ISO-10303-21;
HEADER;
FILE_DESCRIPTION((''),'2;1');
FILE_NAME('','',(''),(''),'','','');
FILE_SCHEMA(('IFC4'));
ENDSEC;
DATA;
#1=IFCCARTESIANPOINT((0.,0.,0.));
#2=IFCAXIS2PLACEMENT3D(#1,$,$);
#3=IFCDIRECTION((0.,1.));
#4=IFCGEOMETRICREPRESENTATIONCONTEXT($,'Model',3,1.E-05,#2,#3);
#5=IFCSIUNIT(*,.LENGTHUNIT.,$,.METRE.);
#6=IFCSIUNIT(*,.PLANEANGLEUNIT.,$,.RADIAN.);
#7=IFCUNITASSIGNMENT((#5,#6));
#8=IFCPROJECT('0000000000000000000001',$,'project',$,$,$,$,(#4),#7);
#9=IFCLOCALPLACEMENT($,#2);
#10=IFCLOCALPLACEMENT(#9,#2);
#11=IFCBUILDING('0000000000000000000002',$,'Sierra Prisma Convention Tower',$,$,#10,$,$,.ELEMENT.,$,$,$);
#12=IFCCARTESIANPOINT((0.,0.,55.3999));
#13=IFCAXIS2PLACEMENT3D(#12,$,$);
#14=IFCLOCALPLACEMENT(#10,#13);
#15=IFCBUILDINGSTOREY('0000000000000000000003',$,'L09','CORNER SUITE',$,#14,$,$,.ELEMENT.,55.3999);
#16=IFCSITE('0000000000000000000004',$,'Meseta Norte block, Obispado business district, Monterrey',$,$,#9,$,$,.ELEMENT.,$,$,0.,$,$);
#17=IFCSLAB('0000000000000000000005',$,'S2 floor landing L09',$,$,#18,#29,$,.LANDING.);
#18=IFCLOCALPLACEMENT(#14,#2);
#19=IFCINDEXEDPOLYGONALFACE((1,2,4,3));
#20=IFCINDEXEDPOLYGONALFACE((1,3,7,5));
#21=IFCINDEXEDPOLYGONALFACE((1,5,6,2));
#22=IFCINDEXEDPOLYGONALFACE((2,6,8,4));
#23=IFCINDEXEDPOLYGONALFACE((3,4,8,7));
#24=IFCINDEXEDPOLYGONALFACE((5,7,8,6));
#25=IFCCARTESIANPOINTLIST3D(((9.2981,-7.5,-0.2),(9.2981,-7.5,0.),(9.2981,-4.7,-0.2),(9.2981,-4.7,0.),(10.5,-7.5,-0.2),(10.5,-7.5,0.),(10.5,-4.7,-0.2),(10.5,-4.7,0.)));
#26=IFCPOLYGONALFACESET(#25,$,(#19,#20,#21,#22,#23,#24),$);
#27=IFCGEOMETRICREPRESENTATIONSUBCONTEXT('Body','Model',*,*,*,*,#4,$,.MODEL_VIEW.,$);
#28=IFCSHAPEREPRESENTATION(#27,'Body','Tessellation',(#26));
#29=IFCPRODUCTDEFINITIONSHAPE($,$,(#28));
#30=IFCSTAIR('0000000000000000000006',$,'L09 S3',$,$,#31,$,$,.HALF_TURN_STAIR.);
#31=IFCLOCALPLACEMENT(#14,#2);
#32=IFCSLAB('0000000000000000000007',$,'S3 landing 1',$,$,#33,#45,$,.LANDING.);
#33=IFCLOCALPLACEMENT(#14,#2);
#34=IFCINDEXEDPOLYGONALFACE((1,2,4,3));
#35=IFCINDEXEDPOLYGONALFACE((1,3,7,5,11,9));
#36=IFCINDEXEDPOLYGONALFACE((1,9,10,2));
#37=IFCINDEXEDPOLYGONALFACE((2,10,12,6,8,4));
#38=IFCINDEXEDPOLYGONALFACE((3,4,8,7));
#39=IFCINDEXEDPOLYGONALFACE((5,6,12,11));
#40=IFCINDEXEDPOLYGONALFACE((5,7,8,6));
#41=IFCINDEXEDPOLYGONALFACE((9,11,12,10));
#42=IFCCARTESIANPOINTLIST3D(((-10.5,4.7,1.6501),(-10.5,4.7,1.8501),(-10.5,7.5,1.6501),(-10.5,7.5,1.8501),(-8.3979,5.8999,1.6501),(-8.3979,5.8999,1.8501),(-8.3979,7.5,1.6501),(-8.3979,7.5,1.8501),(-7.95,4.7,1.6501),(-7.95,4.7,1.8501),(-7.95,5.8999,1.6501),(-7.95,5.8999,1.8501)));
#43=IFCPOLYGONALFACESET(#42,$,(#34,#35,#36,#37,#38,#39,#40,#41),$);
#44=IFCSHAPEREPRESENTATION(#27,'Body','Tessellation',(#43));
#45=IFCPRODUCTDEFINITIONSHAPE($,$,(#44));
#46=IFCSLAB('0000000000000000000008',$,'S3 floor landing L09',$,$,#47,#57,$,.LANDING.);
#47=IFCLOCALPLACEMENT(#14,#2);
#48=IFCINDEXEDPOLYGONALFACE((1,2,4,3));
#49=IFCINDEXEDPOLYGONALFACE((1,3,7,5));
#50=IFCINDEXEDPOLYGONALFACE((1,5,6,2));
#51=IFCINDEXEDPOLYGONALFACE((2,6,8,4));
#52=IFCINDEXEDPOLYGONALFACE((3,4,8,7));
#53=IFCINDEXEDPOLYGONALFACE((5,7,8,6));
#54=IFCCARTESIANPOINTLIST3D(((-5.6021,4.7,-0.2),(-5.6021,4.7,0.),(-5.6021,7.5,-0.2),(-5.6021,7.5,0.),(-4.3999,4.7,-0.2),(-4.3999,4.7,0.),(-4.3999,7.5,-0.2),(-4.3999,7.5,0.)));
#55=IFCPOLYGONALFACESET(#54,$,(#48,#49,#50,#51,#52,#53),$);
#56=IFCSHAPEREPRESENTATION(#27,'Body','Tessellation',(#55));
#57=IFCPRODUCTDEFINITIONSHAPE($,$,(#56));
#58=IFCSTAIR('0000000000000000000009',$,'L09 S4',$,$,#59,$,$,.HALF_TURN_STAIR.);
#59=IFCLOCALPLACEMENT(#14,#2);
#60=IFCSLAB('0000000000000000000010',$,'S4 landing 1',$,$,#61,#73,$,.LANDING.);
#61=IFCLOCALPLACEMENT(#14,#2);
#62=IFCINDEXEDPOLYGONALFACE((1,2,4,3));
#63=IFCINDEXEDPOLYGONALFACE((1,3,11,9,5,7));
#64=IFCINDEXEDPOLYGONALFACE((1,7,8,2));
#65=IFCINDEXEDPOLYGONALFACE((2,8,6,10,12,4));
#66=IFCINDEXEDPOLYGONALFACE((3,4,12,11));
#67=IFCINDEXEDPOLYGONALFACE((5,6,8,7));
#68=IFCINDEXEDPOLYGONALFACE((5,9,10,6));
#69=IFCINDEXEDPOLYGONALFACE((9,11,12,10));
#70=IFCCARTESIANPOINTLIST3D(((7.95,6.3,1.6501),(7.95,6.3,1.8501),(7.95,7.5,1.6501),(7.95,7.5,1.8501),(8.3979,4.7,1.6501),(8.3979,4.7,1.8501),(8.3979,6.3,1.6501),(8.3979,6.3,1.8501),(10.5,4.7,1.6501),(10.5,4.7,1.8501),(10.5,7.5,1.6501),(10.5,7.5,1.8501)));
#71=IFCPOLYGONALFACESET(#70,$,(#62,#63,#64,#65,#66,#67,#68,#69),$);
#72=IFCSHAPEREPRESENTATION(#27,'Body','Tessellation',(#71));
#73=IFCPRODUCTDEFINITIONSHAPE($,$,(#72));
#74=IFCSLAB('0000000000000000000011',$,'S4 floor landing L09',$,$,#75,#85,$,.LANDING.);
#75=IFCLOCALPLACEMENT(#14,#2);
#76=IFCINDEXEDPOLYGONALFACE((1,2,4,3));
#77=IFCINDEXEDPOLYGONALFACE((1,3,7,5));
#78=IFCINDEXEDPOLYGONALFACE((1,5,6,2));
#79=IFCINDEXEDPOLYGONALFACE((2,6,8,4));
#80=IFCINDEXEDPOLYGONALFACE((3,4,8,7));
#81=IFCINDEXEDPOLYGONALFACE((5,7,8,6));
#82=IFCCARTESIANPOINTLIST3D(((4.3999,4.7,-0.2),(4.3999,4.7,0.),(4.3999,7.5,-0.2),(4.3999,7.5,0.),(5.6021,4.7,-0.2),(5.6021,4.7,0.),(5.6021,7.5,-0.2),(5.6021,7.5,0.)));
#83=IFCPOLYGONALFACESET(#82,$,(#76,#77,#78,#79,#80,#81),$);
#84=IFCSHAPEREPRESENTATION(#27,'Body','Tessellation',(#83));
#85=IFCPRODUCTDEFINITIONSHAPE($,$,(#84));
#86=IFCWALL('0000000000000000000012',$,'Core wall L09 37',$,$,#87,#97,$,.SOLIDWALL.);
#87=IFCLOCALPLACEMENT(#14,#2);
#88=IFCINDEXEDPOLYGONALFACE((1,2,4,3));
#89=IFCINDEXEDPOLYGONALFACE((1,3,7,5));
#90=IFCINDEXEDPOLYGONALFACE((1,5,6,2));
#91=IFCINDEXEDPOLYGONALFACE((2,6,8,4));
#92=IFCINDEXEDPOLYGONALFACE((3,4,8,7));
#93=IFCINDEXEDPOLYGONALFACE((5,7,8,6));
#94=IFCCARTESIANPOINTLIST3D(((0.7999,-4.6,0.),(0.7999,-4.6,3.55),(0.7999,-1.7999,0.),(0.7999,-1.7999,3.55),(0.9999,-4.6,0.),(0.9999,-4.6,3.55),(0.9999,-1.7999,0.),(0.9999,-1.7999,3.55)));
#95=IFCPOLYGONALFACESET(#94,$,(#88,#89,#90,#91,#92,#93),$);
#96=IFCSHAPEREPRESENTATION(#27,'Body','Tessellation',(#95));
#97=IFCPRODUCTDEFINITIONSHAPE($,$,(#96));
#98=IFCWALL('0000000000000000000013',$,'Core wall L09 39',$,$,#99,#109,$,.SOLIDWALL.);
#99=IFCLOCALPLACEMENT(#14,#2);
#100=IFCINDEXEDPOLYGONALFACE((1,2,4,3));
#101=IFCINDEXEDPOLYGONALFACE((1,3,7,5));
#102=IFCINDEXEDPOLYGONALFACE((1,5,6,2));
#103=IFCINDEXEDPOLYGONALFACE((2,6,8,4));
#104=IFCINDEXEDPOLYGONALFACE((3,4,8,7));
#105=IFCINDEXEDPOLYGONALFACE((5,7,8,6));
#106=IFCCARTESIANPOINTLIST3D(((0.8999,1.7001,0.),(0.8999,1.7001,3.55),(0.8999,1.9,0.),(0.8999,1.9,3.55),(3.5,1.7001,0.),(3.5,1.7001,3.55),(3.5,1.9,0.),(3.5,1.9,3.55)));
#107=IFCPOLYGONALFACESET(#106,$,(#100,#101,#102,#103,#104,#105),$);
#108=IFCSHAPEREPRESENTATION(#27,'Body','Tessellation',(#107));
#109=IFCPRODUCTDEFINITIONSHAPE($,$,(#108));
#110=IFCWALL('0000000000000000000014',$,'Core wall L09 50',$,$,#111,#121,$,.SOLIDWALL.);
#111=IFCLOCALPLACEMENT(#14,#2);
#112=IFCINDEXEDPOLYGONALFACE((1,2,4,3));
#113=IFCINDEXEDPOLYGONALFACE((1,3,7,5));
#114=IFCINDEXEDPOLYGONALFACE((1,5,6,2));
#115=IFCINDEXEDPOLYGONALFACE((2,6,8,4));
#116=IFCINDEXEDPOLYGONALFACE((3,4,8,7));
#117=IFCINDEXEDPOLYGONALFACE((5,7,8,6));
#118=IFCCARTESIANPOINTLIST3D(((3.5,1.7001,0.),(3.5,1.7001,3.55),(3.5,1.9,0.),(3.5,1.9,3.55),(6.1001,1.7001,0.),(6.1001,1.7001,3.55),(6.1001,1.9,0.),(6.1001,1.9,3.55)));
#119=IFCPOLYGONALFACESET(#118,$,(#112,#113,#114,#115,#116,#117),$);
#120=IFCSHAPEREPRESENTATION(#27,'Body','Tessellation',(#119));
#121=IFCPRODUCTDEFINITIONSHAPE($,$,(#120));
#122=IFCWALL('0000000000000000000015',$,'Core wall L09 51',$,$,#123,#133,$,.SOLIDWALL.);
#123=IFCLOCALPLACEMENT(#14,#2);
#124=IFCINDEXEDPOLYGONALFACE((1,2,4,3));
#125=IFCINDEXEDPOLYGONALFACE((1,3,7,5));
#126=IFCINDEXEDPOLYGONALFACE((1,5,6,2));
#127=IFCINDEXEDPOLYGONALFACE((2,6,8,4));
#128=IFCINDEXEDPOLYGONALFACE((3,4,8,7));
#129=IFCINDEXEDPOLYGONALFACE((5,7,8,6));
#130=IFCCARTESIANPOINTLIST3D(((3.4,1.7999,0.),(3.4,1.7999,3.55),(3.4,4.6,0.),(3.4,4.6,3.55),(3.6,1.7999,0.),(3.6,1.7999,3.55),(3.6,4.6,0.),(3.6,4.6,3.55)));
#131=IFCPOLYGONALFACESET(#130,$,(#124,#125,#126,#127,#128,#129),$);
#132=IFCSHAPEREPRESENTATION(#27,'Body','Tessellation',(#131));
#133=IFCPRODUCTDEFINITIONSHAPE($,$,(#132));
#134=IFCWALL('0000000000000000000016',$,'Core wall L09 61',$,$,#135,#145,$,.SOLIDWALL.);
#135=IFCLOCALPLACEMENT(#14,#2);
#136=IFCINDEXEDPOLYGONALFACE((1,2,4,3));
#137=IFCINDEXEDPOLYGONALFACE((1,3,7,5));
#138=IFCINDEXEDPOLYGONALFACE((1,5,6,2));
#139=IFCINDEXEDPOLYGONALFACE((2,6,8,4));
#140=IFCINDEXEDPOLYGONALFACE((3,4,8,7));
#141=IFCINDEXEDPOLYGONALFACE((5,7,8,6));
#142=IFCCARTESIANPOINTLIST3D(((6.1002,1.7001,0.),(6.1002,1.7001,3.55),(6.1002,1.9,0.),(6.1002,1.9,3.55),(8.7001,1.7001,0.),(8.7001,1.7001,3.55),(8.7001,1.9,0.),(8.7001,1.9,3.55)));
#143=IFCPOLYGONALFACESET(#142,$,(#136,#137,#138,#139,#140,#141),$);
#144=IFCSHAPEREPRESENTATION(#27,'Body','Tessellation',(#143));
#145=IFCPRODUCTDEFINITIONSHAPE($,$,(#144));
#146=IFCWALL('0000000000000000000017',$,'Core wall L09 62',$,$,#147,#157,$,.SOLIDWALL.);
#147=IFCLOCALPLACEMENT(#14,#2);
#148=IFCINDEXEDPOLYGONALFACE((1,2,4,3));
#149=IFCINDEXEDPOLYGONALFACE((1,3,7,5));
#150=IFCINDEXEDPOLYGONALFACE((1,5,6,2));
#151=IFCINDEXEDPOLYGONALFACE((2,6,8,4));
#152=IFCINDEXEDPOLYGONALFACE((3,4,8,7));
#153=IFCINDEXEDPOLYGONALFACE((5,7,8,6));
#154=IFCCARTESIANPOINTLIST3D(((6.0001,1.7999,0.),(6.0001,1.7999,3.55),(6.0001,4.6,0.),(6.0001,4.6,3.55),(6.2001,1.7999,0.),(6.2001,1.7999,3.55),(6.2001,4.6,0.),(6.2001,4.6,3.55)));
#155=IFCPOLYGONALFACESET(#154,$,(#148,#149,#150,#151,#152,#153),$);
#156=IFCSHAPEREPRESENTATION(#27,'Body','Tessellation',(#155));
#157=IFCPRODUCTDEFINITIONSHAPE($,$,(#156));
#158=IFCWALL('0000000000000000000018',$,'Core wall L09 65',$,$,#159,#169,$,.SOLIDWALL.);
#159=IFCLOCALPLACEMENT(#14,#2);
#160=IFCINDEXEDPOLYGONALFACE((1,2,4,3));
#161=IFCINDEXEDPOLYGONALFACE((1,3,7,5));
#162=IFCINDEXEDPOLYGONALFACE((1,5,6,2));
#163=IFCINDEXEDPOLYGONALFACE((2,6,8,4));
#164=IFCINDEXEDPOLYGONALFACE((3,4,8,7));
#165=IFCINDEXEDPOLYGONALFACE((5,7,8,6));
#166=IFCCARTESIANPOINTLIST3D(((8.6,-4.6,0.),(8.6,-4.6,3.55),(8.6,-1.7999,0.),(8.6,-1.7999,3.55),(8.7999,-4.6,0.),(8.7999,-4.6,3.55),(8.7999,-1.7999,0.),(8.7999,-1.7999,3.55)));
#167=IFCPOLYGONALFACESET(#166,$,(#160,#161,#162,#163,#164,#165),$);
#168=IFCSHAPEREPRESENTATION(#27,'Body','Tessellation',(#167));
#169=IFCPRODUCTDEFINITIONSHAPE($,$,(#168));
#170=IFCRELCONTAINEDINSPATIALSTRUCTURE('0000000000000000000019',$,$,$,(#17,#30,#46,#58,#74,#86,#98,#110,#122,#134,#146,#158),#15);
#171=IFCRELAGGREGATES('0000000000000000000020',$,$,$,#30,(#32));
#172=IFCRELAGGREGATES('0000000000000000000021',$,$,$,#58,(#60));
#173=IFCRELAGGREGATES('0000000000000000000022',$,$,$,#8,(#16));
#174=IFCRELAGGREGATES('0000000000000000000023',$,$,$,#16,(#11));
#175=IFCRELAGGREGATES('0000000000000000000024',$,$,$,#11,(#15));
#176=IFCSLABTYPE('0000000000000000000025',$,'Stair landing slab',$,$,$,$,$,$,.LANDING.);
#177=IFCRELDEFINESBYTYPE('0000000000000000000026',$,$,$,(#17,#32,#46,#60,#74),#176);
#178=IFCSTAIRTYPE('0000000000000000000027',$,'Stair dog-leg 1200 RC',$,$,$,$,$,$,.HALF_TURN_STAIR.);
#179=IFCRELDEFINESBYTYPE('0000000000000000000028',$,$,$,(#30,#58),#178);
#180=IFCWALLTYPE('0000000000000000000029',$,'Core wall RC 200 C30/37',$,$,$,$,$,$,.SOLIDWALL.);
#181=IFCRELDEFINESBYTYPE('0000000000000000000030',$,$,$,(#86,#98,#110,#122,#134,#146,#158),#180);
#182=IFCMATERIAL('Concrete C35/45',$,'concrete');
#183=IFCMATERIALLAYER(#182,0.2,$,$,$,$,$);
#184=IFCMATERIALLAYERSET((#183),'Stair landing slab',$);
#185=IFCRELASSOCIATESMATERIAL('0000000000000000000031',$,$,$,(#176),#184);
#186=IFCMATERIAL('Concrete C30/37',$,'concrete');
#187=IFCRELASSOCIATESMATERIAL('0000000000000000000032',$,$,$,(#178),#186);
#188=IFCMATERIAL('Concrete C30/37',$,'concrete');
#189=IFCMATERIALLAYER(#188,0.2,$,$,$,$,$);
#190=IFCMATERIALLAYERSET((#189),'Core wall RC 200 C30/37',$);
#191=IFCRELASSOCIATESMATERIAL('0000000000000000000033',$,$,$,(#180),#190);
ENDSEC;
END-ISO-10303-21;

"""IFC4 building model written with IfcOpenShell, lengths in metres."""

from ifc_helpers import new_model, si_unit, direction, frame, frame_2d, origin, place, context, subcontext, project, spatial, polyline, rectangle, outline, extrude, material, layer, layer_set, type_object, element, aggregate, save


model = new_model("IFC4")

# Units and contexts
model_context = context("Model", 3, precision=1e-05, world=origin(), true_north=direction((0.0, 1.0)))
body_context = subcontext(model_context, "Body", "Model", "MODEL_VIEW")
ifc_project = project(units=[si_unit("LENGTHUNIT", "METRE"), si_unit("PLANEANGLEUNIT", "RADIAN")], contexts=[model_context])

# Site, building, storey
site_placement = place(None, origin())
site = spatial("IfcSite", under=ifc_project, at=site_placement, Name="Meseta Norte block, Obispado business district, Monterrey", CompositionType="ELEMENT", RefElevation=0.0)
building_placement = place(site_placement, origin())
building = spatial("IfcBuilding", under=site, at=building_placement, Name="Sierra Prisma Convention Tower", CompositionType="ELEMENT")
storey_placement = place(building_placement, frame((0.0, 0.0, 55.3999)))
storey = spatial("IfcBuildingStorey", under=building, at=storey_placement, Name="L09", Description="CORNER SUITE", CompositionType="ELEMENT", Elevation=55.3999)

# Slab
ifc_material_1 = material(Name="Concrete C35/45", Category="concrete")
ifc_layer_1 = layer(ifc_material_1, 0.2)
ifc_layer_set_1 = layer_set([ifc_layer_1], Name="Stair landing slab")
slab_type = type_object("IfcSlabType", Name="Stair landing slab", PredefinedType="LANDING", material=ifc_layer_set_1)
slab_1_placement = place(storey_placement, frame((0.0, 0.0, -0.2)))
element("IfcSlab", 1, at=slab_1_placement, inside=storey, type_object=slab_type, Name="S2 floor landing L09", PredefinedType="LANDING", context=body_context, shape_type="SweptSolid", body=[
    extrude(outline(polyline([(10.5, -4.7), (9.2981, -4.7), (9.2981, -7.5), (10.5, -7.5), (10.5, -4.7)])), origin(), (0.0, 0.0, 1.0), 0.2),
])

# Stair, slab
ifc_material_2 = material(Name="Concrete C30/37", Category="concrete")
stair_type = type_object("IfcStairType", Name="Stair dog-leg 1200 RC", PredefinedType="HALF_TURN_STAIR", material=ifc_material_2)
stair_1_placement = place(storey_placement, origin())
stair_1 = element("IfcStair", 2, at=stair_1_placement, inside=storey, type_object=stair_type, Name="L09 S3", PredefinedType="HALF_TURN_STAIR")
slab_2_placement = place(storey_placement, frame((0.0, 0.0, 1.6501)))
slab_2 = element("IfcSlab", 3, at=slab_2_placement, type_object=slab_type, Name="S3 landing 1", PredefinedType="LANDING", context=body_context, shape_type="SweptSolid", body=[
    extrude(outline(polyline([(-7.95, 5.8999), (-7.95, 4.7), (-10.5, 4.7), (-10.5, 7.5), (-8.3979, 7.5), (-8.3979, 5.8999), (-7.95, 5.8999)])), origin(), (0.0, 0.0, 1.0), 0.2),
])
aggregate(stair_1, [slab_2])

# Slab
slab_3_placement = place(storey_placement, frame((0.0, 0.0, -0.2)))
element("IfcSlab", 4, at=slab_3_placement, inside=storey, type_object=slab_type, Name="S3 floor landing L09", PredefinedType="LANDING", context=body_context, shape_type="SweptSolid", body=[
    extrude(outline(polyline([(-4.3999, 7.5), (-5.6021, 7.5), (-5.6021, 4.7), (-4.3999, 4.7), (-4.3999, 7.5)])), origin(), (0.0, 0.0, 1.0), 0.2),
])

# Stair, slab
stair_2_placement = place(storey_placement, origin())
stair_2 = element("IfcStair", 5, at=stair_2_placement, inside=storey, type_object=stair_type, Name="L09 S4", PredefinedType="HALF_TURN_STAIR")
slab_4_placement = place(storey_placement, frame((0.0, 0.0, 1.6501)))
slab_4 = element("IfcSlab", 6, at=slab_4_placement, type_object=slab_type, Name="S4 landing 1", PredefinedType="LANDING", context=body_context, shape_type="SweptSolid", body=[
    extrude(outline(polyline([(10.5, 7.5), (10.5, 4.7), (8.3979, 4.7), (8.3979, 6.3), (7.95, 6.3), (7.95, 7.5), (10.5, 7.5)])), origin(), (0.0, 0.0, 1.0), 0.2),
])
aggregate(stair_2, [slab_4])

# Slab
slab_5_placement = place(storey_placement, frame((0.0, 0.0, -0.2)))
element("IfcSlab", 7, at=slab_5_placement, inside=storey, type_object=slab_type, Name="S4 floor landing L09", PredefinedType="LANDING", context=body_context, shape_type="SweptSolid", body=[
    extrude(outline(polyline([(4.3999, 4.7), (5.6021, 4.7), (5.6021, 7.5), (4.3999, 7.5), (4.3999, 4.7)])), origin(), (0.0, 0.0, 1.0), 0.2),
])

# Shared definitions
ifc_material_3 = material(Name="Concrete C30/37", Category="concrete")
ifc_layer_2 = layer(ifc_material_3, 0.2)
ifc_layer_set_2 = layer_set([ifc_layer_2], Name="Core wall RC 200 C30/37")
wall_type = type_object("IfcWallType", Name="Core wall RC 200 C30/37", PredefinedType="SOLIDWALL", material=ifc_layer_set_2)

# Walls
wall_1_placement = place(storey_placement, frame((0.8999, -1.8, 0.0), z_axis=(0.0, 0.0, 1.0), x_axis=(0.0, -1.0, 0.0)))
element("IfcWall", 8, at=wall_1_placement, inside=storey, type_object=wall_type, Name="Core wall L09 37", PredefinedType="SOLIDWALL", context=body_context, shape_type="SweptSolid", body=[
    extrude(rectangle(XDim=2.8, YDim=0.2, at=frame_2d((1.3999, 0.0))), origin(), (0.0, 0.0, 1.0), 3.55),
])
wall_2_placement = place(storey_placement, frame((3.5, 1.8, 0.0), z_axis=(0.0, 0.0, 1.0), x_axis=(-1.0, 0.0, 0.0)))
element("IfcWall", 9, at=wall_2_placement, inside=storey, type_object=wall_type, Name="Core wall L09 39", PredefinedType="SOLIDWALL", context=body_context, shape_type="SweptSolid", body=[
    extrude(rectangle(XDim=2.6001, YDim=0.2, at=frame_2d((1.3, 0.0))), origin(), (0.0, 0.0, 1.0), 3.55),
])

# Walls
wall_3_placement = place(storey_placement, frame((6.1001, 1.8, 0.0), z_axis=(0.0, 0.0, 1.0), x_axis=(-1.0, 0.0, 0.0)))
element("IfcWall", 10, at=wall_3_placement, inside=storey, type_object=wall_type, Name="Core wall L09 50", PredefinedType="SOLIDWALL", context=body_context, shape_type="SweptSolid", body=[
    extrude(rectangle(XDim=2.6001, YDim=0.2, at=frame_2d((1.3, 0.0))), origin(), (0.0, 0.0, 1.0), 3.55),
])
wall_4_placement = place(storey_placement, frame((3.5, 1.8, 0.0), z_axis=(0.0, 0.0, 1.0), x_axis=(0.0, 1.0, 0.0)))
element("IfcWall", 11, at=wall_4_placement, inside=storey, type_object=wall_type, Name="Core wall L09 51", PredefinedType="SOLIDWALL", context=body_context, shape_type="SweptSolid", body=[
    extrude(rectangle(XDim=2.8, YDim=0.2, at=frame_2d((1.3999, 0.0))), origin(), (0.0, 0.0, 1.0), 3.55),
])

# Walls
wall_5_placement = place(storey_placement, frame((8.7, 1.8, 0.0), z_axis=(0.0, 0.0, 1.0), x_axis=(-1.0, 0.0, 0.0)))
element("IfcWall", 12, at=wall_5_placement, inside=storey, type_object=wall_type, Name="Core wall L09 61", PredefinedType="SOLIDWALL", context=body_context, shape_type="SweptSolid", body=[
    extrude(rectangle(XDim=2.5999, YDim=0.2, at=frame_2d((1.2998, 0.0))), origin(), (0.0, 0.0, 1.0), 3.55),
])
for number, where, z_axis, x_axis, name in (
    (13, (6.1001, 1.8, 0.0), (0.0, 0.0, 1.0), (0.0, 1.0, 0.0), "Core wall L09 62"),
    (14, (8.7, -1.8, 0.0), (0.0, 0.0, 1.0), (0.0, -1.0, 0.0), "Core wall L09 65"),
):
    element("IfcWall", number, at=place(storey_placement, frame(where, z_axis=z_axis, x_axis=x_axis)), inside=storey, type_object=wall_type, Name=name, PredefinedType="SOLIDWALL", context=body_context, shape_type="SweptSolid", body=[
        extrude(rectangle(XDim=2.8, YDim=0.2, at=frame_2d((1.3999, 0.0))), origin(), (0.0, 0.0, 1.0), 3.55),
    ])

save(model, "model.ifc")
